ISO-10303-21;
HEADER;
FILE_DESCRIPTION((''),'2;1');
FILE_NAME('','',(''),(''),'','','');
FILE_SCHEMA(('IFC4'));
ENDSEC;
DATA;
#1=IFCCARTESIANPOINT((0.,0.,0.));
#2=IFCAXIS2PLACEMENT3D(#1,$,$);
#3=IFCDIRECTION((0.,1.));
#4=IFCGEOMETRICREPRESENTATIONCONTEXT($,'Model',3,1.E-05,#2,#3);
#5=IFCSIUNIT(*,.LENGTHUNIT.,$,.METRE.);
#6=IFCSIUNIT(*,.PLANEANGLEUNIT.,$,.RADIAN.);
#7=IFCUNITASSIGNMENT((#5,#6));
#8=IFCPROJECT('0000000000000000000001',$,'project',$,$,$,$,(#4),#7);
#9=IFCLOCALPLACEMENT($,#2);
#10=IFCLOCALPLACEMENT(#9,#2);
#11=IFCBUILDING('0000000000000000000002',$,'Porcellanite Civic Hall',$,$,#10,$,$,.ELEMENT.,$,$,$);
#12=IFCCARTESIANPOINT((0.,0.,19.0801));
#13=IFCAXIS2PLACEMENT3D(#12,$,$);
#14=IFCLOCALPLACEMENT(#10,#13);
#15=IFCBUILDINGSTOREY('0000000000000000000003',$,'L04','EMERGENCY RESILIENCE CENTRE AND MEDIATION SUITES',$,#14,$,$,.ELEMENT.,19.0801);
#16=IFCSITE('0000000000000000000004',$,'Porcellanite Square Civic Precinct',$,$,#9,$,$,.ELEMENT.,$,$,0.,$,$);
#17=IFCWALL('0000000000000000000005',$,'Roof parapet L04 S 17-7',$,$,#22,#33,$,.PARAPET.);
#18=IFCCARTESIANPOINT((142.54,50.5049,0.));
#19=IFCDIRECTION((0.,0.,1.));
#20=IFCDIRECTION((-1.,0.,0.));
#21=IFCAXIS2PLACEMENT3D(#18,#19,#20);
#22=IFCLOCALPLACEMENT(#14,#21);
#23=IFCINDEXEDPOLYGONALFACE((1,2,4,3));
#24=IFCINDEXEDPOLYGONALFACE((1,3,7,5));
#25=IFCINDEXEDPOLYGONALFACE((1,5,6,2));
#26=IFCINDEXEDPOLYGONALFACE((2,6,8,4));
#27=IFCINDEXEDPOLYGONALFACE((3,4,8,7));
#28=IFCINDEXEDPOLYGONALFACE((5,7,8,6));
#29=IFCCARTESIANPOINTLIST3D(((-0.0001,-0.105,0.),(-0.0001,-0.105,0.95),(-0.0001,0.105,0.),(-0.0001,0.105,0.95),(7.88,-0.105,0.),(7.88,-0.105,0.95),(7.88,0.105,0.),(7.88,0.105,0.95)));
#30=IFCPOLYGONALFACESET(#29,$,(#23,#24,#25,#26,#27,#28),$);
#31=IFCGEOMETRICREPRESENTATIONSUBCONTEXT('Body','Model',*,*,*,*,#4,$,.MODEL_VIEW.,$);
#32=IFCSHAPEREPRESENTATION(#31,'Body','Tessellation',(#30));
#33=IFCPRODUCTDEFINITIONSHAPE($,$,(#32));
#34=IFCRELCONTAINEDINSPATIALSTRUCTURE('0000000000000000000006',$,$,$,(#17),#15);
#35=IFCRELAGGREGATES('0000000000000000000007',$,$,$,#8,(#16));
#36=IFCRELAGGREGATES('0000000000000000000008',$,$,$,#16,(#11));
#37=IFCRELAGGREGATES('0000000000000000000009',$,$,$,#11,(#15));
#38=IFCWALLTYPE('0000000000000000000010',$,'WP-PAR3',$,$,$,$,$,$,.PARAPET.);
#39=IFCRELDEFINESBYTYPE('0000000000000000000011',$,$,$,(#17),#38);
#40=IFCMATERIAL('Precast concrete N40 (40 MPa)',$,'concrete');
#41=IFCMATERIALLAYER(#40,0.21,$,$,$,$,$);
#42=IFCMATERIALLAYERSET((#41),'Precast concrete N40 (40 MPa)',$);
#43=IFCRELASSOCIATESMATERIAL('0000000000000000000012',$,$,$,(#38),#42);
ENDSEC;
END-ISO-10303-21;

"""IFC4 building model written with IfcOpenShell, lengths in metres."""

from ifc_helpers import new_model, si_unit, direction, frame, frame_2d, origin, place, context, subcontext, project, spatial, rectangle, extrude, material, layer, layer_set, type_object, element, save


model = new_model("IFC4")

# Units and contexts
model_context = context("Model", 3, precision=1e-05, world=origin(), true_north=direction((0.0, 1.0)))
body_context = subcontext(model_context, "Body", "Model", "MODEL_VIEW")
ifc_project = project(units=[si_unit("LENGTHUNIT", "METRE"), si_unit("PLANEANGLEUNIT", "RADIAN")], contexts=[model_context])

# Site, building, storey
site_placement = place(None, origin())
site = spatial("IfcSite", under=ifc_project, at=site_placement, Name="Porcellanite Square Civic Precinct", CompositionType="ELEMENT", RefElevation=0.0)
building_placement = place(site_placement, origin())
building = spatial("IfcBuilding", under=site, at=building_placement, Name="Porcellanite Civic Hall", CompositionType="ELEMENT")
storey_placement = place(building_placement, frame((0.0, 0.0, 19.0801)))
storey = spatial("IfcBuildingStorey", under=building, at=storey_placement, Name="L04", Description="EMERGENCY RESILIENCE CENTRE AND MEDIATION SUITES", CompositionType="ELEMENT", Elevation=19.0801)

# Wall
ifc_material_1 = material(Name="Precast concrete N40 (40 MPa)", Category="concrete")
ifc_layer_1 = layer(ifc_material_1, 0.21)
ifc_layer_set_1 = layer_set([ifc_layer_1], Name="Precast concrete N40 (40 MPa)")
wall_type_1 = type_object("IfcWallType", Name="WP-PAR3", PredefinedType="PARAPET", material=ifc_layer_set_1)
for number, where, z_axis, x_axis, name in (
    (1, (142.54, 50.5049, 0.0), (0.0, 0.0, 1.0), (-1.0, 0.0, 0.0), "Roof parapet L04 S 17-7"),
):
    element("IfcWall", number, at=place(storey_placement, frame(where, z_axis=z_axis, x_axis=x_axis)), inside=storey, type_object=wall_type_1, Name=name, PredefinedType="PARAPET", context=body_context, shape_type="SweptSolid", body=[
        extrude(rectangle(XDim=7.8801, YDim=0.21, at=frame_2d((3.9399, 0.0))), origin(), (0.0, 0.0, 1.0), 0.95),
    ])

save(model, "model.ifc")
